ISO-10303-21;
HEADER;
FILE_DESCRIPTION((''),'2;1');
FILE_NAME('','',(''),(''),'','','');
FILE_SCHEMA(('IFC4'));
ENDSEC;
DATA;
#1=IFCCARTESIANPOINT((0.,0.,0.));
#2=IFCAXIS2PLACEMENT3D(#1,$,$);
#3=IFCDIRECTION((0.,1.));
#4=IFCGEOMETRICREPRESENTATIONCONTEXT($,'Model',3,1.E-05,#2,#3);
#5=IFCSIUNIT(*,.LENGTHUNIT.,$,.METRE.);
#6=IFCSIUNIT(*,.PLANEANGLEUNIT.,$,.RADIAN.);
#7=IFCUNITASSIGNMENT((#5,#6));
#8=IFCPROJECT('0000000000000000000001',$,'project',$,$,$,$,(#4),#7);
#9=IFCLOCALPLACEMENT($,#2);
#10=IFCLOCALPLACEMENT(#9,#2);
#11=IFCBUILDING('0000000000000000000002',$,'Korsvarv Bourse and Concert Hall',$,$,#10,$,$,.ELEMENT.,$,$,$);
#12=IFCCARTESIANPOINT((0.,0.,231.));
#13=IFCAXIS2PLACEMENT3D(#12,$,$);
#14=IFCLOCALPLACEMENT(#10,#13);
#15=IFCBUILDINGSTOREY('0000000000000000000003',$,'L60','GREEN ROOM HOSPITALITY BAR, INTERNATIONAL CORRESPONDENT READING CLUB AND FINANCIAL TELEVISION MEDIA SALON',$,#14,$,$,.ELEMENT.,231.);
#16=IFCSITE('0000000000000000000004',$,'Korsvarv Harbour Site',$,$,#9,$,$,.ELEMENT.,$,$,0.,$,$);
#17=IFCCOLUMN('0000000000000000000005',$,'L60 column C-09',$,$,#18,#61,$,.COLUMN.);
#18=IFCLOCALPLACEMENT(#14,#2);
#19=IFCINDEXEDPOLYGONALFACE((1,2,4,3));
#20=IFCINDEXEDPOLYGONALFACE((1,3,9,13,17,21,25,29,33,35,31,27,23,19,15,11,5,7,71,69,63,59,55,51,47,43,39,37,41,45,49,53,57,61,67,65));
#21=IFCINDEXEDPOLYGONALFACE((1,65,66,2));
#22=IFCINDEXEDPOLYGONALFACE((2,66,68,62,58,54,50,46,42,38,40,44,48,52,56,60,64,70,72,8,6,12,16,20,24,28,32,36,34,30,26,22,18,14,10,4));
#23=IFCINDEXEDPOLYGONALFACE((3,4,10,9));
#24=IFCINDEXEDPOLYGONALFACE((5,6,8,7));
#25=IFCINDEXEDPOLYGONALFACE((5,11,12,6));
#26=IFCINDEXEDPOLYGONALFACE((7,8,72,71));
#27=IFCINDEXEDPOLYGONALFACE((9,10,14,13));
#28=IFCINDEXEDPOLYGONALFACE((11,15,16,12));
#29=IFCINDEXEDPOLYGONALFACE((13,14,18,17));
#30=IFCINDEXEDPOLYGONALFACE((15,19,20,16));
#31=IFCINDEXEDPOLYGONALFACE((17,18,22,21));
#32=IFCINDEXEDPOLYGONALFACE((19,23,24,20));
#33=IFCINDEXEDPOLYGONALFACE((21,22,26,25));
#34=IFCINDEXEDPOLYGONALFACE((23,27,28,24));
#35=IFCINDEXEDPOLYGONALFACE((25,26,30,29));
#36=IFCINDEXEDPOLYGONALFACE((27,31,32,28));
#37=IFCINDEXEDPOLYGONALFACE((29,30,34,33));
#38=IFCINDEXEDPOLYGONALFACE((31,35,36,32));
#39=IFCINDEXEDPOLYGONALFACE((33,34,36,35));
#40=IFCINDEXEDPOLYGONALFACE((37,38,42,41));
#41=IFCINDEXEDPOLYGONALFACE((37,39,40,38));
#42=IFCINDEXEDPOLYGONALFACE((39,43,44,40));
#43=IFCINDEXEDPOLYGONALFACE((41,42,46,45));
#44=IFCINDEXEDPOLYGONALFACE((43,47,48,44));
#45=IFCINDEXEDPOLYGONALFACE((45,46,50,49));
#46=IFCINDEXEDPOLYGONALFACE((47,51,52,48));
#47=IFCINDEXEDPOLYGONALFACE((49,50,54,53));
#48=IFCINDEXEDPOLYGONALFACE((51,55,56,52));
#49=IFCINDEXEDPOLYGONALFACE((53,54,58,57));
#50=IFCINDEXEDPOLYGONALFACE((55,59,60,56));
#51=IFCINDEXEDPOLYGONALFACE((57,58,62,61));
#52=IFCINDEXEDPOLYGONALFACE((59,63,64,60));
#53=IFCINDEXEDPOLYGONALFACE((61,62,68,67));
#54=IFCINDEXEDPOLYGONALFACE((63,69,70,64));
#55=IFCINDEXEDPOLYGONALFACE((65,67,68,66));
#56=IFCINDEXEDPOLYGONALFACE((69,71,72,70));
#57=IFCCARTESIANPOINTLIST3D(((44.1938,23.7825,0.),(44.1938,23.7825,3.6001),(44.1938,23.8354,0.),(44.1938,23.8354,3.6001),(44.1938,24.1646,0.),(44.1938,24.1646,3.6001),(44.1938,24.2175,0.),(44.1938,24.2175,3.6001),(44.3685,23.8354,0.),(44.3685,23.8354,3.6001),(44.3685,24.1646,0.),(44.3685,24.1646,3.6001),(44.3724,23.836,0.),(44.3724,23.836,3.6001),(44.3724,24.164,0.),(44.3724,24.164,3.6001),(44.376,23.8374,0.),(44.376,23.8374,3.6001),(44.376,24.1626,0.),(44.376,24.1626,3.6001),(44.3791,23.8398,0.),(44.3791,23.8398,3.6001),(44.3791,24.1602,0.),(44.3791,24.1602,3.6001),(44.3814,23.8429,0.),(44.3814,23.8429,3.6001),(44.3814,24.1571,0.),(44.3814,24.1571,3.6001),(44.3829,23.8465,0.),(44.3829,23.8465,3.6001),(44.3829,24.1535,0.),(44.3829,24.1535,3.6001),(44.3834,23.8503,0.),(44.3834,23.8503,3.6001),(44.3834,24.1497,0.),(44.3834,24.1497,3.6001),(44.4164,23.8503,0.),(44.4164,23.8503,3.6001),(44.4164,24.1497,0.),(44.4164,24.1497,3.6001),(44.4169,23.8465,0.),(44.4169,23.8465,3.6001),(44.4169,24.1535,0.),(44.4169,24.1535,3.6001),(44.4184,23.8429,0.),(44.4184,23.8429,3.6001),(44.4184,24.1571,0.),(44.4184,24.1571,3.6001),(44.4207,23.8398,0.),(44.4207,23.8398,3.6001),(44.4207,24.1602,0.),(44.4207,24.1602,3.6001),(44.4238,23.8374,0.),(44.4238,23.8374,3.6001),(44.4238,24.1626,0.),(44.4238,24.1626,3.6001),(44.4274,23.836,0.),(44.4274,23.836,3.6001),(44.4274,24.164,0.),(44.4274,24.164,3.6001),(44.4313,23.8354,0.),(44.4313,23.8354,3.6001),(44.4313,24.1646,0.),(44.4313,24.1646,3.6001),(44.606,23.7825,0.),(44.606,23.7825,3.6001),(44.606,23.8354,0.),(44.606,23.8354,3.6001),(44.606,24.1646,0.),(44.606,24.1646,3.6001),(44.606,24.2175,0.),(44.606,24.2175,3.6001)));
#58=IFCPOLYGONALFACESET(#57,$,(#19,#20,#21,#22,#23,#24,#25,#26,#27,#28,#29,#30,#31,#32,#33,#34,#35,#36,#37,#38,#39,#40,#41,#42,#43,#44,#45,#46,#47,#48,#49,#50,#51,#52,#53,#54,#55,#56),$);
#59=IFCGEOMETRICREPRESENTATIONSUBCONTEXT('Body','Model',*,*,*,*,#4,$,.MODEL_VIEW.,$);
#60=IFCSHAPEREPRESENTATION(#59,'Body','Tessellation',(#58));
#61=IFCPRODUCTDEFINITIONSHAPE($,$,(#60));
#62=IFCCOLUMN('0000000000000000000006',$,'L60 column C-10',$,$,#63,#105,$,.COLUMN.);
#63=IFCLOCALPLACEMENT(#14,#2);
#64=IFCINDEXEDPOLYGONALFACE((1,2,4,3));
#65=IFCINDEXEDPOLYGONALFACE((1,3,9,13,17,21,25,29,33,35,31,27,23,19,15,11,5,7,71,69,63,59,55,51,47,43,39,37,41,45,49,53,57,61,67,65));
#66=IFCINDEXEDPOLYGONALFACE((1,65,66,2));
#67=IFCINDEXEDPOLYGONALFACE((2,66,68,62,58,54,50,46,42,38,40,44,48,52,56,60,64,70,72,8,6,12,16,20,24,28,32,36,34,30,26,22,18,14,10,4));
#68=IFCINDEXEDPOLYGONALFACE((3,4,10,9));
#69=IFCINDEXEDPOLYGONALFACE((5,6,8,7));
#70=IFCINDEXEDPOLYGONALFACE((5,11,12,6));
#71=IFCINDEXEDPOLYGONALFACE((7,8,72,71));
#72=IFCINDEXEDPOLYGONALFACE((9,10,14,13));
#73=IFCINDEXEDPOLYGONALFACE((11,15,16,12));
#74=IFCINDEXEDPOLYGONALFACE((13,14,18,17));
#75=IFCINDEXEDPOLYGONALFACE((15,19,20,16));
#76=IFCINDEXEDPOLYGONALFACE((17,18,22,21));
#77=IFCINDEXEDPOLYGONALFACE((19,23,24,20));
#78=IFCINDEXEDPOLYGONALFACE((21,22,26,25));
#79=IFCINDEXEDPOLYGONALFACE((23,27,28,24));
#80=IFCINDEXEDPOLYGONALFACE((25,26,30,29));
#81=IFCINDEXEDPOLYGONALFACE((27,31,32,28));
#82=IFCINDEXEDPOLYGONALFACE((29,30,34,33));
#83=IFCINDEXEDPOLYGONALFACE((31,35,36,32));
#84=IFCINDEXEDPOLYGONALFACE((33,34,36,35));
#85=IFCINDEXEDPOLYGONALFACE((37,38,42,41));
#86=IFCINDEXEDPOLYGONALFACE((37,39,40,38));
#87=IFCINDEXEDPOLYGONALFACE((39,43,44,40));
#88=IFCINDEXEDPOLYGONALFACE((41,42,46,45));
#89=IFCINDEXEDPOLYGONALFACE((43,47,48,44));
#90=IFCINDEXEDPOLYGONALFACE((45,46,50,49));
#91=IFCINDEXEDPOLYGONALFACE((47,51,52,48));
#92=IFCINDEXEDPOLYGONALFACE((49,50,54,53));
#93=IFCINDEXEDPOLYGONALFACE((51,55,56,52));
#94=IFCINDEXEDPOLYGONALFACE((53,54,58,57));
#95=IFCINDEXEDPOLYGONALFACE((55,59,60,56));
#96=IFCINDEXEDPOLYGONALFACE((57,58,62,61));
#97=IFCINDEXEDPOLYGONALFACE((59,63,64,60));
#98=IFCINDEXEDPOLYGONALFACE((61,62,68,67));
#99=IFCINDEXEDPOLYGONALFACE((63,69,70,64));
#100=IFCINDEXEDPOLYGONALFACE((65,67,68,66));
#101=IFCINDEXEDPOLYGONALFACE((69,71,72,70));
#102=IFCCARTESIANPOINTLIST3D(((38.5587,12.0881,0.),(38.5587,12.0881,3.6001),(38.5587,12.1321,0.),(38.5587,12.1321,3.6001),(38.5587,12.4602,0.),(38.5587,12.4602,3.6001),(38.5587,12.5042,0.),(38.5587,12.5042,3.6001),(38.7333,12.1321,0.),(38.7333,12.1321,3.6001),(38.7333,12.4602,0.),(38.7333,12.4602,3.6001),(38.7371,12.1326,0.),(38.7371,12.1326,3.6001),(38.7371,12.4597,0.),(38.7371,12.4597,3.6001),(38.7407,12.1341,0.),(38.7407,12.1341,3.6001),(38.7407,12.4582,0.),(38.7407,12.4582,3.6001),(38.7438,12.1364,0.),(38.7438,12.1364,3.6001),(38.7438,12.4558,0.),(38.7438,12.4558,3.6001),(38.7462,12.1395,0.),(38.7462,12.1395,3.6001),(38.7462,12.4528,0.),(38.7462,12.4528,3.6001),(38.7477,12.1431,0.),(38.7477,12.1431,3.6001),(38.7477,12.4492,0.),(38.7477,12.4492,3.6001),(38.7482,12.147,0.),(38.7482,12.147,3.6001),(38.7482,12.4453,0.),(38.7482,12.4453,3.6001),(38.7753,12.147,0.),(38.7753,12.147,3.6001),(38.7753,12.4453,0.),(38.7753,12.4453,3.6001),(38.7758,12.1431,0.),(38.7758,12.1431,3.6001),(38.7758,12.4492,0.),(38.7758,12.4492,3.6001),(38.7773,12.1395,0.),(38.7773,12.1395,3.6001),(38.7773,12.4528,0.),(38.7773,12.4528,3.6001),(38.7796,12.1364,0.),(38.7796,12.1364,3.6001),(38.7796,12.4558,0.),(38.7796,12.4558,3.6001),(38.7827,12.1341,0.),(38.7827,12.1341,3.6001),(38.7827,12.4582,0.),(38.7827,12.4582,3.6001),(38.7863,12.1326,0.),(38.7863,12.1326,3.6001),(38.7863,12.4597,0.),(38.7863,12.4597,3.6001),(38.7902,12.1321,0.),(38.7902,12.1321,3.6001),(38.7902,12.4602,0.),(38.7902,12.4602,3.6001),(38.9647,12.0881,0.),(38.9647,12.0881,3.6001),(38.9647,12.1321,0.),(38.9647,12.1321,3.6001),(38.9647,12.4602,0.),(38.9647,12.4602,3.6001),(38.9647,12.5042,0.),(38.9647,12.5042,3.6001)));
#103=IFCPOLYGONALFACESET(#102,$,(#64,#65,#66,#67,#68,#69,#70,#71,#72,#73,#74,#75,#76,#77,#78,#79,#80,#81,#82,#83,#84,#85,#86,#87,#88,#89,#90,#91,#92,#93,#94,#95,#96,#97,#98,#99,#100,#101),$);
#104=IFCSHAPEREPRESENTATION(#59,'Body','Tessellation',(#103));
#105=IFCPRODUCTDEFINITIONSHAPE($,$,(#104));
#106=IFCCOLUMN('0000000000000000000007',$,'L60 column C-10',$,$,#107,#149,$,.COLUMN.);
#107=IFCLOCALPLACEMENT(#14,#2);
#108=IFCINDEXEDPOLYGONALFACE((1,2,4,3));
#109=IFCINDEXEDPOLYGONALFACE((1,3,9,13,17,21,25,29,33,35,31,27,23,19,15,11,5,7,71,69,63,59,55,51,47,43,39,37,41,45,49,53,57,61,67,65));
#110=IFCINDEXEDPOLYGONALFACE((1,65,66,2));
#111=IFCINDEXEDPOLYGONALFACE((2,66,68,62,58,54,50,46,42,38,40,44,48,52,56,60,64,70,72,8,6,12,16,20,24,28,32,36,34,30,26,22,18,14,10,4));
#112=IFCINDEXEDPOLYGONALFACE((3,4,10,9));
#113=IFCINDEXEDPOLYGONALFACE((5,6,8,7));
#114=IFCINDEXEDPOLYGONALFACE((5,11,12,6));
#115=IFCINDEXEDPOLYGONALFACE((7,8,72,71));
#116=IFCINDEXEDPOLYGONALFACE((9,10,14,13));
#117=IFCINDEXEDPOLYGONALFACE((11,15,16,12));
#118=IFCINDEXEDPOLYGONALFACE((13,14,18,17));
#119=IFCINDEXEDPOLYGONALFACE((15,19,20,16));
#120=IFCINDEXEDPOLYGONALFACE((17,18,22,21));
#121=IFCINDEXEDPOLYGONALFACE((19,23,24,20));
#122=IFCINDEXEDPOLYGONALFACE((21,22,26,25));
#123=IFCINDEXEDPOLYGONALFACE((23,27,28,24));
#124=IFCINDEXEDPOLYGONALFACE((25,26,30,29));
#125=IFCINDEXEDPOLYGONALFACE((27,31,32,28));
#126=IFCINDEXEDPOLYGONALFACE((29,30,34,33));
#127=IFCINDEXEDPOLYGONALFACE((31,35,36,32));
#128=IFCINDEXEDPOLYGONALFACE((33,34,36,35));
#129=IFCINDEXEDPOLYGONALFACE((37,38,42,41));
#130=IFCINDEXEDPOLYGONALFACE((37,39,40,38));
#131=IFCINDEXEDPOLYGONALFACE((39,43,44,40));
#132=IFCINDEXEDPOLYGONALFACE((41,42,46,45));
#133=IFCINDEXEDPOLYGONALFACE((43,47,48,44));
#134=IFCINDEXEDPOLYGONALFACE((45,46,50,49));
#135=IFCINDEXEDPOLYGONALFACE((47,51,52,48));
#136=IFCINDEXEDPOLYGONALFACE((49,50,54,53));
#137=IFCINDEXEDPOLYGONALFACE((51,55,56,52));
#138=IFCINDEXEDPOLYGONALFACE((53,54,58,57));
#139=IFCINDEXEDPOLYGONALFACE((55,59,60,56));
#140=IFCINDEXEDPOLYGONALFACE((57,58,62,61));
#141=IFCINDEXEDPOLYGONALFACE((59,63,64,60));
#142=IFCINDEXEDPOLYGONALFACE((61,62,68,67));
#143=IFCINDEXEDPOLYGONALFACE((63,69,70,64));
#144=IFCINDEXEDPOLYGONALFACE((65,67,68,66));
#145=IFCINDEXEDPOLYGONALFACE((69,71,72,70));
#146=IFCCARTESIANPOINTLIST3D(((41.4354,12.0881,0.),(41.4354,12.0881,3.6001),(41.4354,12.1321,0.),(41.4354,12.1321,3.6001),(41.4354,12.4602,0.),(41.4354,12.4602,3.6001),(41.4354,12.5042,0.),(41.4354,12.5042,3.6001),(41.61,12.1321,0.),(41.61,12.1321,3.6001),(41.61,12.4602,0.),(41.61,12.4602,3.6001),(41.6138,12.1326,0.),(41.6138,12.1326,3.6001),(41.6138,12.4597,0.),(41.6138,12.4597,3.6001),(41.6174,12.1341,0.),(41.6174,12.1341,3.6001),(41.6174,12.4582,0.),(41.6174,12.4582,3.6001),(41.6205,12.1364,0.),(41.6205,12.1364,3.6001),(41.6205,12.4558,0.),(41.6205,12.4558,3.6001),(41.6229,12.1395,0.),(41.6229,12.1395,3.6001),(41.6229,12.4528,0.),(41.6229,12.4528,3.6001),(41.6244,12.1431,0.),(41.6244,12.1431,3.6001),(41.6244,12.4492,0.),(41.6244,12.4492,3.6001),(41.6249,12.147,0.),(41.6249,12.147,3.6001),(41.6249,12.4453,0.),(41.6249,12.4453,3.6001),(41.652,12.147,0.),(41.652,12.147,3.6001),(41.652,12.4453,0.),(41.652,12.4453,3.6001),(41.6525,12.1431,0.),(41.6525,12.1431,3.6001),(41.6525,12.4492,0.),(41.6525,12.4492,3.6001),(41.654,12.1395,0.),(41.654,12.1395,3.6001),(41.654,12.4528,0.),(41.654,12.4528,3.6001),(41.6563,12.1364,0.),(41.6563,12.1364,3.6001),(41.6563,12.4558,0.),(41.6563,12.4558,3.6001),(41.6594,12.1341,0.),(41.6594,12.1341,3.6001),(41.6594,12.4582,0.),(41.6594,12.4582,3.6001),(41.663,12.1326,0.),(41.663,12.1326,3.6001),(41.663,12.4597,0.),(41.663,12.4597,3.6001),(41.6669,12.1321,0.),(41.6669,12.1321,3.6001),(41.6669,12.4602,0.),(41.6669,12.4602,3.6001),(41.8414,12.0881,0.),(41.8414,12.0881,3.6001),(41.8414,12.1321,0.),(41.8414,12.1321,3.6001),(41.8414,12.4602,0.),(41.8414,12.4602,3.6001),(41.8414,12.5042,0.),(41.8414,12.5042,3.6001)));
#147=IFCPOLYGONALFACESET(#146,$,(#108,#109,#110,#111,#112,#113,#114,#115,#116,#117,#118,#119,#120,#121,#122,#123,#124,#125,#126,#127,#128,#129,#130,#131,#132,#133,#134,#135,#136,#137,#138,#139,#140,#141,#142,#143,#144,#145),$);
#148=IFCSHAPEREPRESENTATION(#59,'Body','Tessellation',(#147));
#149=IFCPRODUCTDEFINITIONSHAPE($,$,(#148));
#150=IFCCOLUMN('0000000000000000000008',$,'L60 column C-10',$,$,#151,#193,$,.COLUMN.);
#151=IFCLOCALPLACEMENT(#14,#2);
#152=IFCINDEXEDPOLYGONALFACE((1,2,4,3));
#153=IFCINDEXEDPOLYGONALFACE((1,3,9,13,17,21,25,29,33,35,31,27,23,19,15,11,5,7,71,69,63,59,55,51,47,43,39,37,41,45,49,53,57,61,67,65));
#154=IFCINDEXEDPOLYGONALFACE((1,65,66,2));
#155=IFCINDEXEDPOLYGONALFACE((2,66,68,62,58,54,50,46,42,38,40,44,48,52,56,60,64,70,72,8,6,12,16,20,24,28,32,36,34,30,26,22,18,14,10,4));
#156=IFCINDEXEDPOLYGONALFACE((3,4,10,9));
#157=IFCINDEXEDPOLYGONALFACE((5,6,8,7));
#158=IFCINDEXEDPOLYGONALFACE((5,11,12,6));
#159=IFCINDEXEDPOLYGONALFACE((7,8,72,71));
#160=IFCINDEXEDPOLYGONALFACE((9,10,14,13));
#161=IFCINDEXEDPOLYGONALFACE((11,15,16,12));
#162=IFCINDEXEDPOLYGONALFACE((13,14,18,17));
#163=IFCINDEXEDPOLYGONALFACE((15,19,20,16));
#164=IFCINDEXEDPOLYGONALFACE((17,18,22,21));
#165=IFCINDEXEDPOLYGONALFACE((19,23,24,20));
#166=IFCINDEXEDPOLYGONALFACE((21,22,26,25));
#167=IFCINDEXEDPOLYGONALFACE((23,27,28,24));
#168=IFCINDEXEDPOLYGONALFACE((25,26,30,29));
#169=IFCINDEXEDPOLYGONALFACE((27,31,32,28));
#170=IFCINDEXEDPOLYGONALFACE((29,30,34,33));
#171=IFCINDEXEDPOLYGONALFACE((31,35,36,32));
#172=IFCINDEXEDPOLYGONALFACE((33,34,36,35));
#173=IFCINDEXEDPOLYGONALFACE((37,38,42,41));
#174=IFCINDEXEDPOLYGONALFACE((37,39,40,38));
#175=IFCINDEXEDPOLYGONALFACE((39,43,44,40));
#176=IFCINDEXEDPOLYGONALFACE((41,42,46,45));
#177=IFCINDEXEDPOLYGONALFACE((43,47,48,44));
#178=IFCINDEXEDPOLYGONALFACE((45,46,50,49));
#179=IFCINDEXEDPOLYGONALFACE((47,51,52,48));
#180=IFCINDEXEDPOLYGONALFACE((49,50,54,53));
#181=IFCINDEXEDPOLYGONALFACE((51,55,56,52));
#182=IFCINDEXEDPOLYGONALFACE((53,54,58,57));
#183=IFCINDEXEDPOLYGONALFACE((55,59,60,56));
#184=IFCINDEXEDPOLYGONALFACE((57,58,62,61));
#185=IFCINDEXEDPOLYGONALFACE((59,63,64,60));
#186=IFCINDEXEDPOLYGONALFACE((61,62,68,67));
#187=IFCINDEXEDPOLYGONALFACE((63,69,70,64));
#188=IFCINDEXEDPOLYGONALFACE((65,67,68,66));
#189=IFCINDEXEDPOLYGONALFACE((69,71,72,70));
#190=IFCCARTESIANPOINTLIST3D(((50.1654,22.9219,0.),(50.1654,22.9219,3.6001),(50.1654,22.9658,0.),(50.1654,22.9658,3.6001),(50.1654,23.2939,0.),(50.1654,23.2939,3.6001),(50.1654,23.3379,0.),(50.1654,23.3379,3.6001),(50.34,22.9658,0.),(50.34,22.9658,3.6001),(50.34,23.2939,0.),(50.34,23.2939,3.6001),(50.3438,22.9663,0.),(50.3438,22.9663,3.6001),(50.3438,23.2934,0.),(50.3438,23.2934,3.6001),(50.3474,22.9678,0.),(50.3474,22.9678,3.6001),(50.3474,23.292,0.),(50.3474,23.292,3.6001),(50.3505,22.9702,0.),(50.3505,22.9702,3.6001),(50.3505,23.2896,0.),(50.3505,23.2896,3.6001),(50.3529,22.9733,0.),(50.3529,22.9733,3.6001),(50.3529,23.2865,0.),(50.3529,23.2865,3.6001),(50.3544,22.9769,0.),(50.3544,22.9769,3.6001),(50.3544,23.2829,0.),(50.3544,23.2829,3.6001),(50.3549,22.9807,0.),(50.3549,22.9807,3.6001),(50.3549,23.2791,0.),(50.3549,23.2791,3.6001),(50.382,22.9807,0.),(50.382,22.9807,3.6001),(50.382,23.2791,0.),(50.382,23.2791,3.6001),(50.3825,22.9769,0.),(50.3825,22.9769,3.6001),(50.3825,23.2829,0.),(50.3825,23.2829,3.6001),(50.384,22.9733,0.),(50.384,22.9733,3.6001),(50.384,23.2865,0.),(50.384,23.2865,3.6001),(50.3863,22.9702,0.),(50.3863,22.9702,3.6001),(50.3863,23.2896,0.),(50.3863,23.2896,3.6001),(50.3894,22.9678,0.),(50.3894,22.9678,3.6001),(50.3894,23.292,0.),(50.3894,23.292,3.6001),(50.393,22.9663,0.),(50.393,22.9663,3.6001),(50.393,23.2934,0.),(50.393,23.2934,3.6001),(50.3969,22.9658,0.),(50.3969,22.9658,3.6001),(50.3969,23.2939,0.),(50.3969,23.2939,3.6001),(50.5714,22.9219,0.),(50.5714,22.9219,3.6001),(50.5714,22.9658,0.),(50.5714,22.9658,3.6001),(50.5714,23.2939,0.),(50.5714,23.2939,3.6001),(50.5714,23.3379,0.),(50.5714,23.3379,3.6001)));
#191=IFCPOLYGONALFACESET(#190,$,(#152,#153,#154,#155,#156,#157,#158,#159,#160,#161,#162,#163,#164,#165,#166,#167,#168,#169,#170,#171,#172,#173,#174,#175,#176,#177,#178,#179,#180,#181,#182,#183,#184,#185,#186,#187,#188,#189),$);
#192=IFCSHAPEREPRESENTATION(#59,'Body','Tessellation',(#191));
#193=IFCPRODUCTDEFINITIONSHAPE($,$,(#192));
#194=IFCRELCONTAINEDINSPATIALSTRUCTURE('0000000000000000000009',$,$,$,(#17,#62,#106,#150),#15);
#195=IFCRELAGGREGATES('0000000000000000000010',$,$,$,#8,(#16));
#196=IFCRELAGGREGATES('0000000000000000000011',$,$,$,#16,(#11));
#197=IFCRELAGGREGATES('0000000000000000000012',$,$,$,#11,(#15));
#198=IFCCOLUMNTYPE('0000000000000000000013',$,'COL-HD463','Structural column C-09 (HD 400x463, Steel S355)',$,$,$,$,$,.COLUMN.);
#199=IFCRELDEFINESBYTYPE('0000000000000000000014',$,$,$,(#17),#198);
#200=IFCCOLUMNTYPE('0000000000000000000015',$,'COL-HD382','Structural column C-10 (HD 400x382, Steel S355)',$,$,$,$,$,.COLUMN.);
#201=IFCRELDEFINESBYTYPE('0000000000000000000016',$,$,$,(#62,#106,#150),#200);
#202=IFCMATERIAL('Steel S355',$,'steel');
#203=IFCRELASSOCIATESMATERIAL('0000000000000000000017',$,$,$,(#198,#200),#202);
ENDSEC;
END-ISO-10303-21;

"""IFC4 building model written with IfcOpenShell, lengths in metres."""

from ifc_helpers import new_model, si_unit, direction, frame, origin, origin_2d, place, context, subcontext, project, spatial, i_section, extrude, source, transform, mapped, material, material_profile, profile_set, type_object, element, save


model = new_model("IFC4")

# Units and contexts
model_context = context("Model", 3, precision=1e-05, world=origin(), true_north=direction((0.0, 1.0)))
body_context = subcontext(model_context, "Body", "Model", "MODEL_VIEW")
ifc_project = project(units=[si_unit("LENGTHUNIT", "METRE"), si_unit("PLANEANGLEUNIT", "RADIAN")], contexts=[model_context])

# Site, building, storey
site_placement = place(None, origin())
site = spatial("IfcSite", under=ifc_project, at=site_placement, Name="Korsvarv Harbour Site", CompositionType="ELEMENT", RefElevation=0.0)
building_placement = place(site_placement, origin())
building = spatial("IfcBuilding", under=site, at=building_placement, Name="Korsvarv Bourse and Concert Hall", CompositionType="ELEMENT")
storey_placement = place(building_placement, frame((0.0, 0.0, 231.0)))
storey = spatial("IfcBuildingStorey", under=building, at=storey_placement, Name="L60", Description="GREEN ROOM HOSPITALITY BAR, INTERNATIONAL CORRESPONDENT READING CLUB AND FINANCIAL TELEVISION MEDIA SALON", CompositionType="ELEMENT", Elevation=231.0)

# Columns
ifc_material_1 = material(Name="Steel S355", Category="steel")
ifc_material_profile_1 = material_profile(ifc_material_1, i_section(OverallWidth=0.4121, OverallDepth=0.4351, WebThickness=0.033, FlangeThickness=0.053, FilletRadius=0.0149, at=origin_2d()), Name="HD 400x463")
ifc_profile_set_1 = profile_set([ifc_material_profile_1], Name="Steel S355")
column_type_1 = type_object("IfcColumnType", Name="COL-HD463", Description="Structural column C-09 (HD 400x463, Steel S355)", PredefinedType="COLUMN", material=ifc_profile_set_1)
shared_shape_1 = source(origin(), body_context, "Body", "SweptSolid", [
    extrude(i_section(OverallWidth=0.4121, OverallDepth=0.4351, WebThickness=0.033, FlangeThickness=0.053, FilletRadius=0.0149, at=origin_2d()), origin(), (0.0, 0.0, 1.0), 3.6001),
])
column_placement = place(storey_placement, frame((44.3999, 24.0, 0.0), z_axis=(0.0, 0.0, 1.0), x_axis=(1.0, 0.0, 0.0)))
element("IfcColumn", 1, at=column_placement, inside=storey, type_object=column_type_1, Name="L60 column C-09", PredefinedType="COLUMN", context=body_context, shape_type="MappedRepresentation", body=[
    mapped(shared_shape_1, transform((0.0, 0.0, 0.0), scale=1.0)),
])
ifc_material_profile_2 = material_profile(ifc_material_1, i_section(OverallWidth=0.406, OverallDepth=0.416, WebThickness=0.0271, FlangeThickness=0.0439, FilletRadius=0.0149, at=origin_2d()), Name="HD 400x382")
ifc_profile_set_2 = profile_set([ifc_material_profile_2], Name="Steel S355")
column_type_2 = type_object("IfcColumnType", Name="COL-HD382", Description="Structural column C-10 (HD 400x382, Steel S355)", PredefinedType="COLUMN", material=ifc_profile_set_2)
shared_shape_2 = source(origin(), body_context, "Body", "SweptSolid", [
    extrude(i_section(OverallWidth=0.406, OverallDepth=0.416, WebThickness=0.0271, FlangeThickness=0.0439, FilletRadius=0.0149, at=origin_2d()), origin(), (0.0, 0.0, 1.0), 3.6001),
])
for number, where, z_axis, x_axis, name in (
    (2, (38.7617, 12.2961, 0.0), (0.0, 0.0, 1.0), (1.0, 0.0, 0.0), "L60 column C-10"),
    (3, (41.6384, 12.2961, 0.0), (0.0, 0.0, 1.0), (1.0, 0.0, 0.0), "L60 column C-10"),
    (4, (50.3684, 23.1299, 0.0), (0.0, 0.0, 1.0), (1.0, 0.0, 0.0), "L60 column C-10"),
):
    element("IfcColumn", number, at=place(storey_placement, frame(where, z_axis=z_axis, x_axis=x_axis)), inside=storey, type_object=column_type_2, Name=name, PredefinedType="COLUMN", context=body_context, shape_type="MappedRepresentation", body=[
        mapped(shared_shape_2, transform((0.0, 0.0, 0.0), scale=1.0)),
    ])

save(model, "model.ifc")
